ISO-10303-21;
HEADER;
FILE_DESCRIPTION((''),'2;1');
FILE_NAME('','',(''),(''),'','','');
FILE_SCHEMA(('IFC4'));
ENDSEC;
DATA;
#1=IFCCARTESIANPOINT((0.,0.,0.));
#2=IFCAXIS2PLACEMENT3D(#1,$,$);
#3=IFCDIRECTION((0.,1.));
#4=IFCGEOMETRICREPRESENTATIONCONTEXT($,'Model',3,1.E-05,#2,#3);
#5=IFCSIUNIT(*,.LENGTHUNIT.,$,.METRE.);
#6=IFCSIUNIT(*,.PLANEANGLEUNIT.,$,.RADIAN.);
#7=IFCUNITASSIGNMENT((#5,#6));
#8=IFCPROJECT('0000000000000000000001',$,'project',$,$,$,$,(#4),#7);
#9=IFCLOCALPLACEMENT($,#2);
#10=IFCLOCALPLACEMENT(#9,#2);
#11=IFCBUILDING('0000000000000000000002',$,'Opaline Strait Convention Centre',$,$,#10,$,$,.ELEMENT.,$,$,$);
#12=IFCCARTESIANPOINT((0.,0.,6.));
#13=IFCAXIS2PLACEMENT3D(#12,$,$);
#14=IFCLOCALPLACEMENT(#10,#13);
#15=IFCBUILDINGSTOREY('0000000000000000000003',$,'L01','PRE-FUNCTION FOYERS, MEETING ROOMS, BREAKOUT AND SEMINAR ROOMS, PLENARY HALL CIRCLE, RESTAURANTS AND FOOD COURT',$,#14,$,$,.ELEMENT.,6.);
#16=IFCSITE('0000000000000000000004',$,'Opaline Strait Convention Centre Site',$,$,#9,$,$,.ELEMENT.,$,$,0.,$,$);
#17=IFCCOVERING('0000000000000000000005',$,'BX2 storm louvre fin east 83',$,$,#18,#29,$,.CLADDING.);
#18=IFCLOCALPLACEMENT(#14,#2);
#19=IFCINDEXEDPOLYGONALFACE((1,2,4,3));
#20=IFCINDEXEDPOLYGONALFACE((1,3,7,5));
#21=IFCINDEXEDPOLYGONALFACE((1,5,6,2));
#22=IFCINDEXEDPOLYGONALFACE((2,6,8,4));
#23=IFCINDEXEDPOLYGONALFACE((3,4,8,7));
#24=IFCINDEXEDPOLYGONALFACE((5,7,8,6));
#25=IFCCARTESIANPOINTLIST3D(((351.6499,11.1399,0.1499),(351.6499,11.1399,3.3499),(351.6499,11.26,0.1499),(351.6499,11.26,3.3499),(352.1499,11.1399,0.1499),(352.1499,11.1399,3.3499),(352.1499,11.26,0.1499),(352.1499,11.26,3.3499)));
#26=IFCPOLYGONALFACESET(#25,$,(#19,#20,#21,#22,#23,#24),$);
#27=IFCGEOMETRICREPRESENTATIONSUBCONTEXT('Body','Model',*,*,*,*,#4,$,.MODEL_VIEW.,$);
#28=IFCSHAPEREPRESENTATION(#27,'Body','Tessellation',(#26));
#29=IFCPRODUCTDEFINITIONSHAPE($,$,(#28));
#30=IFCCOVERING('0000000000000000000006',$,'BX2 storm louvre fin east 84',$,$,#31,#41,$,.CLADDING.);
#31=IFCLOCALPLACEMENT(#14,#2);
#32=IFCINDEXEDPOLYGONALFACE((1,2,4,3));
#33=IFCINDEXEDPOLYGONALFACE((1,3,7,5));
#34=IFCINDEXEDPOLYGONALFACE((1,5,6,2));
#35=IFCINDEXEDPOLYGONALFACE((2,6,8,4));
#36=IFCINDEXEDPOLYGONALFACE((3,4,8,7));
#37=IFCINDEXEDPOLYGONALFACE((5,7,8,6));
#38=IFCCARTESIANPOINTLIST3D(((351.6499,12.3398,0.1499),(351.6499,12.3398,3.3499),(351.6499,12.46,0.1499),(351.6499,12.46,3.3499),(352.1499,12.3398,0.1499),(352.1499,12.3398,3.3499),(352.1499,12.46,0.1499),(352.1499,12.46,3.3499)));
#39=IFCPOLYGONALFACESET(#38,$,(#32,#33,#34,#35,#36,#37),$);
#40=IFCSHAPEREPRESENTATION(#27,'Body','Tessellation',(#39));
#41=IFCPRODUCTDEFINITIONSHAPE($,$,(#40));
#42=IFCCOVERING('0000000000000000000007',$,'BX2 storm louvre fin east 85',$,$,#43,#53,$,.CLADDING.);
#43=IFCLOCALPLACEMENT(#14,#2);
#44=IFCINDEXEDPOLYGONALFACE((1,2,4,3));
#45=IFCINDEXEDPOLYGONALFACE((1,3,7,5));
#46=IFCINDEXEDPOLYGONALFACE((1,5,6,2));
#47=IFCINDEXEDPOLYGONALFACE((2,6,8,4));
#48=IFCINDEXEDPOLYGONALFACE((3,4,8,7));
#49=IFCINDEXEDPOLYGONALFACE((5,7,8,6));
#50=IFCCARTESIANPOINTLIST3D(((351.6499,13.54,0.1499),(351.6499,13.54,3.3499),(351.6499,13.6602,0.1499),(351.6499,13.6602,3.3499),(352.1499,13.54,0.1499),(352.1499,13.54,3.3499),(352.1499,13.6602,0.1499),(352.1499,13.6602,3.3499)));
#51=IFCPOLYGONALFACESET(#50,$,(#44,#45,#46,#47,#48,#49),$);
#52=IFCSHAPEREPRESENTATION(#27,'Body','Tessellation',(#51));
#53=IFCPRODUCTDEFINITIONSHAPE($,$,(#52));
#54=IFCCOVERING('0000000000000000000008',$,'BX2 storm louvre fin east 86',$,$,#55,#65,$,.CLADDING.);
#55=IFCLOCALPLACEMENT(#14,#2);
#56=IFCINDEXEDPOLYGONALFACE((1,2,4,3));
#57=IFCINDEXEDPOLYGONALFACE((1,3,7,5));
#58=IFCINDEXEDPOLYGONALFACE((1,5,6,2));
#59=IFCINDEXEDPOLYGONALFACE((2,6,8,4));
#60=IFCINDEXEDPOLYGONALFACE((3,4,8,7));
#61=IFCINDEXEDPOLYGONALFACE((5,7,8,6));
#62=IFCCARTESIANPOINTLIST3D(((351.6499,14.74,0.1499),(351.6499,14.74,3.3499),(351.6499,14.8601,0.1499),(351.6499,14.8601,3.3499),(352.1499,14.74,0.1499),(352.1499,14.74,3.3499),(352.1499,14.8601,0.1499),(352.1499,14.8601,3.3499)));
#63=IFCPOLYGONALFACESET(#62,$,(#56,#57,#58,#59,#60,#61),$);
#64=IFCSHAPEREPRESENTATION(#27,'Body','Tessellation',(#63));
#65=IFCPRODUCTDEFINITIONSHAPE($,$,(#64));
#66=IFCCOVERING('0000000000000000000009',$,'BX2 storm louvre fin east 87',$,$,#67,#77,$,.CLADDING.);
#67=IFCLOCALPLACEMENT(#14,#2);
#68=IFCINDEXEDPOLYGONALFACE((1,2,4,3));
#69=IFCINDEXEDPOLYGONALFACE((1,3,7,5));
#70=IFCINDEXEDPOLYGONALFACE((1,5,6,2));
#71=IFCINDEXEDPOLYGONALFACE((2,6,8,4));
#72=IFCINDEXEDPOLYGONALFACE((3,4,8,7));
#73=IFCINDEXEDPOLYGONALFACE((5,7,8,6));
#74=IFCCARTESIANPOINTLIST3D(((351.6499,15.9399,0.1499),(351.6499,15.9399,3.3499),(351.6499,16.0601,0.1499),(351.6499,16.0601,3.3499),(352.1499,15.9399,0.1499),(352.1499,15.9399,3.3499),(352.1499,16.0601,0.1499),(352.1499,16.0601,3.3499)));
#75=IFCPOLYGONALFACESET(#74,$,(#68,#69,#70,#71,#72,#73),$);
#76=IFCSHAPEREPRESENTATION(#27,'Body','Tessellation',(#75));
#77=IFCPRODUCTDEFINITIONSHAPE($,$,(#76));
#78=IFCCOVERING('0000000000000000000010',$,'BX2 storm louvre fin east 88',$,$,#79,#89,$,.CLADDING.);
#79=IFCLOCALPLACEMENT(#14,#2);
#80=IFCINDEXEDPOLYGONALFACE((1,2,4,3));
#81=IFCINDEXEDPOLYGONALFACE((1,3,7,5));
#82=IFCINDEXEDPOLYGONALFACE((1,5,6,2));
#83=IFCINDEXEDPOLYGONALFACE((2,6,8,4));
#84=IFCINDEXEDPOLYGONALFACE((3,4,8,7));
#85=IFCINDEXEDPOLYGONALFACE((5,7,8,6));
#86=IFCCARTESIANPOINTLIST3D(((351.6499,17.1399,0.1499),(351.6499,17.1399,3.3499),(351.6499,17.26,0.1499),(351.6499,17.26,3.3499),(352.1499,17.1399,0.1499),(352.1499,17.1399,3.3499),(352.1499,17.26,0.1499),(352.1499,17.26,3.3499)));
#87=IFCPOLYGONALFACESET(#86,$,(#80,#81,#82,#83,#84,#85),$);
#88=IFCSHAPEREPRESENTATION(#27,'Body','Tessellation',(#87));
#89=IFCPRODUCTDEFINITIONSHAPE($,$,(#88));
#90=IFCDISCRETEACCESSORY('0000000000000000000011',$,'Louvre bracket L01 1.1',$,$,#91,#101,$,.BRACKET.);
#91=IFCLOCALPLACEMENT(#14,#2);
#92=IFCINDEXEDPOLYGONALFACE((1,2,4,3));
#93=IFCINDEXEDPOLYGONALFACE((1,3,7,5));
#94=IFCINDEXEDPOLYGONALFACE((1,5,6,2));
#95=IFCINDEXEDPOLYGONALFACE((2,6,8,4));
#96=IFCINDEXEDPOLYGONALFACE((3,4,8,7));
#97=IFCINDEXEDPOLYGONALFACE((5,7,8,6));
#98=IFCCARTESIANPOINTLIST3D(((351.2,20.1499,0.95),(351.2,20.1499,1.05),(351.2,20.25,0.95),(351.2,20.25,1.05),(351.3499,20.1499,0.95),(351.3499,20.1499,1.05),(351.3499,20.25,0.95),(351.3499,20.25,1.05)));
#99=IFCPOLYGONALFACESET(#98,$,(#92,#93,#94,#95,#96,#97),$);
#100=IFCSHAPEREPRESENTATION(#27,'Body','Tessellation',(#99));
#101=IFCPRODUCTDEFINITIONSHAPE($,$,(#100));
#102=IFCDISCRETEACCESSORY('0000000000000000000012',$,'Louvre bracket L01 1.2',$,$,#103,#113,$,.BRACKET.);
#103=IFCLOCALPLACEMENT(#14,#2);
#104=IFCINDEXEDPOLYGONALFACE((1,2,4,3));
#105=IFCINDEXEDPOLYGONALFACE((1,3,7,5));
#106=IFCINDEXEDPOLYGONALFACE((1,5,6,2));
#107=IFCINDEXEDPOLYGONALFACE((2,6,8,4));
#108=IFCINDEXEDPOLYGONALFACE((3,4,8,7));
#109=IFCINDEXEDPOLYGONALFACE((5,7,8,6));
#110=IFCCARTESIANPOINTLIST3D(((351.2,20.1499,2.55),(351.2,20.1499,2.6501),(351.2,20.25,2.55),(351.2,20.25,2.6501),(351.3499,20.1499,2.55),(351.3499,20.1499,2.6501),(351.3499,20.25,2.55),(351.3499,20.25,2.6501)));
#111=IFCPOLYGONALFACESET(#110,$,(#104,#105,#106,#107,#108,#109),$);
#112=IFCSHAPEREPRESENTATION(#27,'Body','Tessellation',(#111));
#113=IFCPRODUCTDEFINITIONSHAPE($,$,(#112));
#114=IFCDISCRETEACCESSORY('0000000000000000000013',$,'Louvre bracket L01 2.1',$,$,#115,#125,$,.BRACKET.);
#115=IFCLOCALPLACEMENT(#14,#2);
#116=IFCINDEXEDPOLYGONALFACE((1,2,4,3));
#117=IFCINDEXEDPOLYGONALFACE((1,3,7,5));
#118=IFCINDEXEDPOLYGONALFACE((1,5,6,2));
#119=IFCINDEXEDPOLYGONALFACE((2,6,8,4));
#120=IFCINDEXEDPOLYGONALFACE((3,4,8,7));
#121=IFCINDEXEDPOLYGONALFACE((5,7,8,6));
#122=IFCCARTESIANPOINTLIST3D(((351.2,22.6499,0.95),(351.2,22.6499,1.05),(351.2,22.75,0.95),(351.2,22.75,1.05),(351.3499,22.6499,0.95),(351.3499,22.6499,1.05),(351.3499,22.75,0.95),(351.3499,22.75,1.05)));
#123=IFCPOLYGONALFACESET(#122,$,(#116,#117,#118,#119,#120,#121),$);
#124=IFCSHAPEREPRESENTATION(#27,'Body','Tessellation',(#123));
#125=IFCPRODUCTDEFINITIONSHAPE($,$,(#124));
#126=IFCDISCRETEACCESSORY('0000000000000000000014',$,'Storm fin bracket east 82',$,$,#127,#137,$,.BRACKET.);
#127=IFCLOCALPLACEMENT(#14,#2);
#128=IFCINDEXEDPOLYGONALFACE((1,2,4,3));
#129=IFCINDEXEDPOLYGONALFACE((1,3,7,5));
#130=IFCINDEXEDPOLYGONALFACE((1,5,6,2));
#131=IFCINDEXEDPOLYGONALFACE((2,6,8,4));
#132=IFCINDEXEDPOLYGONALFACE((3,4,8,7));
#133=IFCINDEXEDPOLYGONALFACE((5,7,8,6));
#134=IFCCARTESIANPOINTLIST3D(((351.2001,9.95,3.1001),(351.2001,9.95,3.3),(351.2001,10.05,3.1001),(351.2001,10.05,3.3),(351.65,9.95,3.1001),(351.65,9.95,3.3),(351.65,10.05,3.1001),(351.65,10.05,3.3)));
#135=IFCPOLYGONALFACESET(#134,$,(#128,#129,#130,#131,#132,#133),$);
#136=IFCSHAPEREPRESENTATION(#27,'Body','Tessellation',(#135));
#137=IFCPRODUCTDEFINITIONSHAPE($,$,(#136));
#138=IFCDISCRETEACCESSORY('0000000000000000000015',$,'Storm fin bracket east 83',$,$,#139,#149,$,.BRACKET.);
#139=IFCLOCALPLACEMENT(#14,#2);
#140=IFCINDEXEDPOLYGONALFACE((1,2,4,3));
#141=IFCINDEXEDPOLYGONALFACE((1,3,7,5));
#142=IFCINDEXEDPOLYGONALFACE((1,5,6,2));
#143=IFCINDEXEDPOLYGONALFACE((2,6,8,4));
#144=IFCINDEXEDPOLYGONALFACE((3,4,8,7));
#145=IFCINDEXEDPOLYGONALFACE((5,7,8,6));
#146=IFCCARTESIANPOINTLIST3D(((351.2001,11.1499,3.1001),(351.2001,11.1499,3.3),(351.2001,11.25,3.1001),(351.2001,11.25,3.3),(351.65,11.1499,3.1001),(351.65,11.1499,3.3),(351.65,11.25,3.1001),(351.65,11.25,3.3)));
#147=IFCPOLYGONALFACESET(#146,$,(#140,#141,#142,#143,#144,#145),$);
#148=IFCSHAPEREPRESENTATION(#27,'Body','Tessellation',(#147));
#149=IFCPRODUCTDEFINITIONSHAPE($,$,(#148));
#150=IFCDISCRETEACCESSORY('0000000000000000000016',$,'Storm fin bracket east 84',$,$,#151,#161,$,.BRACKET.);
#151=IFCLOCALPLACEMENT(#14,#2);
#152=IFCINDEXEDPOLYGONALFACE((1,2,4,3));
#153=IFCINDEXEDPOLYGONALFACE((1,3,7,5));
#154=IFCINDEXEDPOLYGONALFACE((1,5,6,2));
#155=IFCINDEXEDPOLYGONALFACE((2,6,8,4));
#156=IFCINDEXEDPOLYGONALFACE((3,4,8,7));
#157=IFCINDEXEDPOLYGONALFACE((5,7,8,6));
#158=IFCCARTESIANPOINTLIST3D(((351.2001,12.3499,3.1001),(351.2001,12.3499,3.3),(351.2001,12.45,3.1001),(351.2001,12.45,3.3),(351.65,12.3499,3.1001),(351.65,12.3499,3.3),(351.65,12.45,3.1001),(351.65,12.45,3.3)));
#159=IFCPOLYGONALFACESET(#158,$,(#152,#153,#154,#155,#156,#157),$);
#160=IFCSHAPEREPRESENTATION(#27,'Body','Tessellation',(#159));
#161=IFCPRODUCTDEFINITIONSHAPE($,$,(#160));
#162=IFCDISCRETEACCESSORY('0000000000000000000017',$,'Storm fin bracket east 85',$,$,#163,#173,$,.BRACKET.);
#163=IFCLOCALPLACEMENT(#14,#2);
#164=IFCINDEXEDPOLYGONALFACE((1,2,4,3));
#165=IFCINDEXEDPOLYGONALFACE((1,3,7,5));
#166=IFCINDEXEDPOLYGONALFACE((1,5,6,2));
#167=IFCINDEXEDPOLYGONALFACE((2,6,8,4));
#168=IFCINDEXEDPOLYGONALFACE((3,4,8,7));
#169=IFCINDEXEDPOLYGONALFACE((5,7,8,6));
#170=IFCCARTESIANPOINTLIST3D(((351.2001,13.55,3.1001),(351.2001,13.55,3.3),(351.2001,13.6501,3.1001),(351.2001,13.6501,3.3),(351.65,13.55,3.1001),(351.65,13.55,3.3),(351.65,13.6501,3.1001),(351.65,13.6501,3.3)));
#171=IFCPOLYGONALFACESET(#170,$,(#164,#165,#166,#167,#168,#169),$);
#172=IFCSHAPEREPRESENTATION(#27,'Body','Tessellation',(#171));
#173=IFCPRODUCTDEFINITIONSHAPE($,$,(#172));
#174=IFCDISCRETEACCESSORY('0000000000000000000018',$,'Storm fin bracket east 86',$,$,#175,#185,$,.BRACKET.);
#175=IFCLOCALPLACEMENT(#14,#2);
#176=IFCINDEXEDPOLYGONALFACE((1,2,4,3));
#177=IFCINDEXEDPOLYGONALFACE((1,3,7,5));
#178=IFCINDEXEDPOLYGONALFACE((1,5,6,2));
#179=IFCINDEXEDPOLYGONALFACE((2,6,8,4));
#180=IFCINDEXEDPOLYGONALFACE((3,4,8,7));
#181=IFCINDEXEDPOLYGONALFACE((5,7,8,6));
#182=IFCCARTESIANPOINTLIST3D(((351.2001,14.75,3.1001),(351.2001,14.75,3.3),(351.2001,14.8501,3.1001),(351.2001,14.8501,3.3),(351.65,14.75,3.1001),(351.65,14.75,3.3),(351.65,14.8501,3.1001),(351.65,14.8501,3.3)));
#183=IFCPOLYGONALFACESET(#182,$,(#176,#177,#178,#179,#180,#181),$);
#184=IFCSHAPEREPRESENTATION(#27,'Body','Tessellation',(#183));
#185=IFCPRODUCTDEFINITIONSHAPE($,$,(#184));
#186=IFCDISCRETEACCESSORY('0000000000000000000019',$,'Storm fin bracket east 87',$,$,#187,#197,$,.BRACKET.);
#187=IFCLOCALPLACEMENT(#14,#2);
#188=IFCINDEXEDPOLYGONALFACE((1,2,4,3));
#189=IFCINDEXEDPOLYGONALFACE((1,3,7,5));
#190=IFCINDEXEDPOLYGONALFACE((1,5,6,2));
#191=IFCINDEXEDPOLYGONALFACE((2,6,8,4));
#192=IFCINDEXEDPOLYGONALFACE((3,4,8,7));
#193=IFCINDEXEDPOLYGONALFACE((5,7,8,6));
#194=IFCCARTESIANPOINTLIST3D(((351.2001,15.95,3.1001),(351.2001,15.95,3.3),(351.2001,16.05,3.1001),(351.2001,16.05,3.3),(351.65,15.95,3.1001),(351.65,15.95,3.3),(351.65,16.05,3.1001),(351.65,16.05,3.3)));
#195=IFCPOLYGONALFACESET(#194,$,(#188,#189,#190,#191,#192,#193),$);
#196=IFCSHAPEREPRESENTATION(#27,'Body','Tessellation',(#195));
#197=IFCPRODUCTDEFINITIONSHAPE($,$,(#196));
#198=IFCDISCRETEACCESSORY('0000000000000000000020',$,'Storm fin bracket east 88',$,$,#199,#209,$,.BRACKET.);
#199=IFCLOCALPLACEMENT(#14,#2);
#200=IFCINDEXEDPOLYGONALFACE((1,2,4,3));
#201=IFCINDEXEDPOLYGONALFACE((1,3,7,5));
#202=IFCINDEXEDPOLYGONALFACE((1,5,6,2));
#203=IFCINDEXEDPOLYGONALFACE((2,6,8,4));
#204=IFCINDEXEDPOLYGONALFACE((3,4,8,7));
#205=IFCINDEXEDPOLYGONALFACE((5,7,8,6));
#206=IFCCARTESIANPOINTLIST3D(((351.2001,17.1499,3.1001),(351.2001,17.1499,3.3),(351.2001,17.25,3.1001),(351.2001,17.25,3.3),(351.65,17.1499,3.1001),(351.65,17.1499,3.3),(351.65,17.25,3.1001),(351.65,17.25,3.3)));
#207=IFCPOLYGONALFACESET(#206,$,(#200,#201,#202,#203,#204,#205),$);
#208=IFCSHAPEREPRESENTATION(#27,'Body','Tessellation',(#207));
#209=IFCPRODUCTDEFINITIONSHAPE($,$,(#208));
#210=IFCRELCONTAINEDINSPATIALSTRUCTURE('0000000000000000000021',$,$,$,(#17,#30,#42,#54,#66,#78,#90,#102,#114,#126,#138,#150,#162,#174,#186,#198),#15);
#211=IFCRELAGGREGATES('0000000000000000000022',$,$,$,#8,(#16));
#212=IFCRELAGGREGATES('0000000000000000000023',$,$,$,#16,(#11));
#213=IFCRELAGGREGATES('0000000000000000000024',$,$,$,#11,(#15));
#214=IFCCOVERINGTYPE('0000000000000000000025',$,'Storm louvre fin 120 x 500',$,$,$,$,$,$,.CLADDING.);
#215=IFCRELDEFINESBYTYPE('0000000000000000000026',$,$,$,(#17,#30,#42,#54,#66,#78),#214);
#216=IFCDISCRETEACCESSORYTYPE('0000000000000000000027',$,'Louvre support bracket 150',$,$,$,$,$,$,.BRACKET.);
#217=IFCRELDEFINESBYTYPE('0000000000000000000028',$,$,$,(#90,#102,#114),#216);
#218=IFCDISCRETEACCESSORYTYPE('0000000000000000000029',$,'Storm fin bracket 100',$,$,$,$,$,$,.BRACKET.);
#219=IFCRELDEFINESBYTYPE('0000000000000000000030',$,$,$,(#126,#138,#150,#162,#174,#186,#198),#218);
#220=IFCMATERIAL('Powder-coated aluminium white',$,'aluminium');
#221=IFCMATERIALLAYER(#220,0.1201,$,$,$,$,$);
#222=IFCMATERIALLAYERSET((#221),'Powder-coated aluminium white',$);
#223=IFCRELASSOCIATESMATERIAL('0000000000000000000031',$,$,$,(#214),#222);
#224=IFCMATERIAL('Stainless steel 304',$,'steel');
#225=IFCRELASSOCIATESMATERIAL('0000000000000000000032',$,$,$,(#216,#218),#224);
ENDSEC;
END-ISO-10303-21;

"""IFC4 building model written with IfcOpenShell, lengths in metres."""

from ifc_helpers import new_model, si_unit, direction, frame, origin, origin_2d, place, context, subcontext, project, spatial, rectangle, extrude, material, layer, layer_set, type_object, element, save


model = new_model("IFC4")

# Units and contexts
model_context = context("Model", 3, precision=1e-05, world=origin(), true_north=direction((0.0, 1.0)))
body_context = subcontext(model_context, "Body", "Model", "MODEL_VIEW")
ifc_project = project(units=[si_unit("LENGTHUNIT", "METRE"), si_unit("PLANEANGLEUNIT", "RADIAN")], contexts=[model_context])

# Site, building, storey
site_placement = place(None, origin())
site = spatial("IfcSite", under=ifc_project, at=site_placement, Name="Opaline Strait Convention Centre Site", CompositionType="ELEMENT", RefElevation=0.0)
building_placement = place(site_placement, origin())
building = spatial("IfcBuilding", under=site, at=building_placement, Name="Opaline Strait Convention Centre", CompositionType="ELEMENT")
storey_placement = place(building_placement, frame((0.0, 0.0, 6.0)))
storey = spatial("IfcBuildingStorey", under=building, at=storey_placement, Name="L01", Description="PRE-FUNCTION FOYERS, MEETING ROOMS, BREAKOUT AND SEMINAR ROOMS, PLENARY HALL CIRCLE, RESTAURANTS AND FOOD COURT", CompositionType="ELEMENT", Elevation=6.0)

# Coverings
ifc_material_1 = material(Name="Powder-coated aluminium white", Category="aluminium")
ifc_layer_1 = layer(ifc_material_1, 0.1201)
ifc_layer_set_1 = layer_set([ifc_layer_1], Name="Powder-coated aluminium white")
covering_type = type_object("IfcCoveringType", Name="Storm louvre fin 120 x 500", PredefinedType="CLADDING", material=ifc_layer_set_1)
for number, where, z_axis, x_axis, name in (
    (1, (351.8999, 11.2, 0.1499), (0.0, 0.0, 1.0), (1.0, 0.0, 0.0), "BX2 storm louvre fin east 83"),
    (2, (351.8999, 12.3999, 0.1499), (0.0, 0.0, 1.0), (1.0, 0.0, 0.0), "BX2 storm louvre fin east 84"),
    (3, (351.8999, 13.6001, 0.1499), (0.0, 0.0, 1.0), (1.0, 0.0, 0.0), "BX2 storm louvre fin east 85"),
    (4, (351.8999, 14.8, 0.1499), (0.0, 0.0, 1.0), (1.0, 0.0, 0.0), "BX2 storm louvre fin east 86"),
    (5, (351.8999, 16.0, 0.1499), (0.0, 0.0, 1.0), (1.0, 0.0, 0.0), "BX2 storm louvre fin east 87"),
    (6, (351.8999, 17.2, 0.1499), (0.0, 0.0, 1.0), (1.0, 0.0, 0.0), "BX2 storm louvre fin east 88"),
):
    element("IfcCovering", number, at=place(storey_placement, frame(where, z_axis=z_axis, x_axis=x_axis)), inside=storey, type_object=covering_type, Name=name, PredefinedType="CLADDING", context=body_context, shape_type="SweptSolid", body=[
        extrude(rectangle(XDim=0.5, YDim=0.1201, at=origin_2d()), origin(), (0.0, 0.0, 1.0), 3.2),
    ])

# Discrete accessories
ifc_material_2 = material(Name="Stainless steel 304", Category="steel")
discrete_accessory_type_1 = type_object("IfcDiscreteAccessoryType", Name="Louvre support bracket 150", PredefinedType="BRACKET", material=ifc_material_2)
for number, where, z_axis, x_axis, name in (
    (7, (351.2749, 20.2, 0.95), (0.0, 0.0, 1.0), (1.0, 0.0, 0.0), "Louvre bracket L01 1.1"),
    (8, (351.2749, 20.2, 2.55), (0.0, 0.0, 1.0), (1.0, 0.0, 0.0), "Louvre bracket L01 1.2"),
    (9, (351.2749, 22.7, 0.95), (0.0, 0.0, 1.0), (1.0, 0.0, 0.0), "Louvre bracket L01 2.1"),
):
    element("IfcDiscreteAccessory", number, at=place(storey_placement, frame(where, z_axis=z_axis, x_axis=x_axis)), inside=storey, type_object=discrete_accessory_type_1, Name=name, PredefinedType="BRACKET", context=body_context, shape_type="SweptSolid", body=[
        extrude(rectangle(XDim=0.1499, YDim=0.1001, at=origin_2d()), origin(), (0.0, 0.0, 1.0), 0.1001),
    ])
discrete_accessory_type_2 = type_object("IfcDiscreteAccessoryType", Name="Storm fin bracket 100", PredefinedType="BRACKET", material=ifc_material_2)
for number, where, z_axis, x_axis, name in (
    (10, (351.425, 10.0, 3.1001), (0.0, 0.0, 1.0), (1.0, 0.0, 0.0), "Storm fin bracket east 82"),
    (11, (351.425, 11.2, 3.1001), (0.0, 0.0, 1.0), (1.0, 0.0, 0.0), "Storm fin bracket east 83"),
    (12, (351.425, 12.3999, 3.1001), (0.0, 0.0, 1.0), (1.0, 0.0, 0.0), "Storm fin bracket east 84"),
    (13, (351.425, 13.6001, 3.1001), (0.0, 0.0, 1.0), (1.0, 0.0, 0.0), "Storm fin bracket east 85"),
    (14, (351.425, 14.8, 3.1001), (0.0, 0.0, 1.0), (1.0, 0.0, 0.0), "Storm fin bracket east 86"),
    (15, (351.425, 16.0, 3.1001), (0.0, 0.0, 1.0), (1.0, 0.0, 0.0), "Storm fin bracket east 87"),
    (16, (351.425, 17.2, 3.1001), (0.0, 0.0, 1.0), (1.0, 0.0, 0.0), "Storm fin bracket east 88"),
):
    element("IfcDiscreteAccessory", number, at=place(storey_placement, frame(where, z_axis=z_axis, x_axis=x_axis)), inside=storey, type_object=discrete_accessory_type_2, Name=name, PredefinedType="BRACKET", context=body_context, shape_type="SweptSolid", body=[
        extrude(rectangle(XDim=0.45, YDim=0.1001, at=origin_2d()), origin(), (0.0, 0.0, 1.0), 0.2),
    ])

save(model, "model.ifc")
